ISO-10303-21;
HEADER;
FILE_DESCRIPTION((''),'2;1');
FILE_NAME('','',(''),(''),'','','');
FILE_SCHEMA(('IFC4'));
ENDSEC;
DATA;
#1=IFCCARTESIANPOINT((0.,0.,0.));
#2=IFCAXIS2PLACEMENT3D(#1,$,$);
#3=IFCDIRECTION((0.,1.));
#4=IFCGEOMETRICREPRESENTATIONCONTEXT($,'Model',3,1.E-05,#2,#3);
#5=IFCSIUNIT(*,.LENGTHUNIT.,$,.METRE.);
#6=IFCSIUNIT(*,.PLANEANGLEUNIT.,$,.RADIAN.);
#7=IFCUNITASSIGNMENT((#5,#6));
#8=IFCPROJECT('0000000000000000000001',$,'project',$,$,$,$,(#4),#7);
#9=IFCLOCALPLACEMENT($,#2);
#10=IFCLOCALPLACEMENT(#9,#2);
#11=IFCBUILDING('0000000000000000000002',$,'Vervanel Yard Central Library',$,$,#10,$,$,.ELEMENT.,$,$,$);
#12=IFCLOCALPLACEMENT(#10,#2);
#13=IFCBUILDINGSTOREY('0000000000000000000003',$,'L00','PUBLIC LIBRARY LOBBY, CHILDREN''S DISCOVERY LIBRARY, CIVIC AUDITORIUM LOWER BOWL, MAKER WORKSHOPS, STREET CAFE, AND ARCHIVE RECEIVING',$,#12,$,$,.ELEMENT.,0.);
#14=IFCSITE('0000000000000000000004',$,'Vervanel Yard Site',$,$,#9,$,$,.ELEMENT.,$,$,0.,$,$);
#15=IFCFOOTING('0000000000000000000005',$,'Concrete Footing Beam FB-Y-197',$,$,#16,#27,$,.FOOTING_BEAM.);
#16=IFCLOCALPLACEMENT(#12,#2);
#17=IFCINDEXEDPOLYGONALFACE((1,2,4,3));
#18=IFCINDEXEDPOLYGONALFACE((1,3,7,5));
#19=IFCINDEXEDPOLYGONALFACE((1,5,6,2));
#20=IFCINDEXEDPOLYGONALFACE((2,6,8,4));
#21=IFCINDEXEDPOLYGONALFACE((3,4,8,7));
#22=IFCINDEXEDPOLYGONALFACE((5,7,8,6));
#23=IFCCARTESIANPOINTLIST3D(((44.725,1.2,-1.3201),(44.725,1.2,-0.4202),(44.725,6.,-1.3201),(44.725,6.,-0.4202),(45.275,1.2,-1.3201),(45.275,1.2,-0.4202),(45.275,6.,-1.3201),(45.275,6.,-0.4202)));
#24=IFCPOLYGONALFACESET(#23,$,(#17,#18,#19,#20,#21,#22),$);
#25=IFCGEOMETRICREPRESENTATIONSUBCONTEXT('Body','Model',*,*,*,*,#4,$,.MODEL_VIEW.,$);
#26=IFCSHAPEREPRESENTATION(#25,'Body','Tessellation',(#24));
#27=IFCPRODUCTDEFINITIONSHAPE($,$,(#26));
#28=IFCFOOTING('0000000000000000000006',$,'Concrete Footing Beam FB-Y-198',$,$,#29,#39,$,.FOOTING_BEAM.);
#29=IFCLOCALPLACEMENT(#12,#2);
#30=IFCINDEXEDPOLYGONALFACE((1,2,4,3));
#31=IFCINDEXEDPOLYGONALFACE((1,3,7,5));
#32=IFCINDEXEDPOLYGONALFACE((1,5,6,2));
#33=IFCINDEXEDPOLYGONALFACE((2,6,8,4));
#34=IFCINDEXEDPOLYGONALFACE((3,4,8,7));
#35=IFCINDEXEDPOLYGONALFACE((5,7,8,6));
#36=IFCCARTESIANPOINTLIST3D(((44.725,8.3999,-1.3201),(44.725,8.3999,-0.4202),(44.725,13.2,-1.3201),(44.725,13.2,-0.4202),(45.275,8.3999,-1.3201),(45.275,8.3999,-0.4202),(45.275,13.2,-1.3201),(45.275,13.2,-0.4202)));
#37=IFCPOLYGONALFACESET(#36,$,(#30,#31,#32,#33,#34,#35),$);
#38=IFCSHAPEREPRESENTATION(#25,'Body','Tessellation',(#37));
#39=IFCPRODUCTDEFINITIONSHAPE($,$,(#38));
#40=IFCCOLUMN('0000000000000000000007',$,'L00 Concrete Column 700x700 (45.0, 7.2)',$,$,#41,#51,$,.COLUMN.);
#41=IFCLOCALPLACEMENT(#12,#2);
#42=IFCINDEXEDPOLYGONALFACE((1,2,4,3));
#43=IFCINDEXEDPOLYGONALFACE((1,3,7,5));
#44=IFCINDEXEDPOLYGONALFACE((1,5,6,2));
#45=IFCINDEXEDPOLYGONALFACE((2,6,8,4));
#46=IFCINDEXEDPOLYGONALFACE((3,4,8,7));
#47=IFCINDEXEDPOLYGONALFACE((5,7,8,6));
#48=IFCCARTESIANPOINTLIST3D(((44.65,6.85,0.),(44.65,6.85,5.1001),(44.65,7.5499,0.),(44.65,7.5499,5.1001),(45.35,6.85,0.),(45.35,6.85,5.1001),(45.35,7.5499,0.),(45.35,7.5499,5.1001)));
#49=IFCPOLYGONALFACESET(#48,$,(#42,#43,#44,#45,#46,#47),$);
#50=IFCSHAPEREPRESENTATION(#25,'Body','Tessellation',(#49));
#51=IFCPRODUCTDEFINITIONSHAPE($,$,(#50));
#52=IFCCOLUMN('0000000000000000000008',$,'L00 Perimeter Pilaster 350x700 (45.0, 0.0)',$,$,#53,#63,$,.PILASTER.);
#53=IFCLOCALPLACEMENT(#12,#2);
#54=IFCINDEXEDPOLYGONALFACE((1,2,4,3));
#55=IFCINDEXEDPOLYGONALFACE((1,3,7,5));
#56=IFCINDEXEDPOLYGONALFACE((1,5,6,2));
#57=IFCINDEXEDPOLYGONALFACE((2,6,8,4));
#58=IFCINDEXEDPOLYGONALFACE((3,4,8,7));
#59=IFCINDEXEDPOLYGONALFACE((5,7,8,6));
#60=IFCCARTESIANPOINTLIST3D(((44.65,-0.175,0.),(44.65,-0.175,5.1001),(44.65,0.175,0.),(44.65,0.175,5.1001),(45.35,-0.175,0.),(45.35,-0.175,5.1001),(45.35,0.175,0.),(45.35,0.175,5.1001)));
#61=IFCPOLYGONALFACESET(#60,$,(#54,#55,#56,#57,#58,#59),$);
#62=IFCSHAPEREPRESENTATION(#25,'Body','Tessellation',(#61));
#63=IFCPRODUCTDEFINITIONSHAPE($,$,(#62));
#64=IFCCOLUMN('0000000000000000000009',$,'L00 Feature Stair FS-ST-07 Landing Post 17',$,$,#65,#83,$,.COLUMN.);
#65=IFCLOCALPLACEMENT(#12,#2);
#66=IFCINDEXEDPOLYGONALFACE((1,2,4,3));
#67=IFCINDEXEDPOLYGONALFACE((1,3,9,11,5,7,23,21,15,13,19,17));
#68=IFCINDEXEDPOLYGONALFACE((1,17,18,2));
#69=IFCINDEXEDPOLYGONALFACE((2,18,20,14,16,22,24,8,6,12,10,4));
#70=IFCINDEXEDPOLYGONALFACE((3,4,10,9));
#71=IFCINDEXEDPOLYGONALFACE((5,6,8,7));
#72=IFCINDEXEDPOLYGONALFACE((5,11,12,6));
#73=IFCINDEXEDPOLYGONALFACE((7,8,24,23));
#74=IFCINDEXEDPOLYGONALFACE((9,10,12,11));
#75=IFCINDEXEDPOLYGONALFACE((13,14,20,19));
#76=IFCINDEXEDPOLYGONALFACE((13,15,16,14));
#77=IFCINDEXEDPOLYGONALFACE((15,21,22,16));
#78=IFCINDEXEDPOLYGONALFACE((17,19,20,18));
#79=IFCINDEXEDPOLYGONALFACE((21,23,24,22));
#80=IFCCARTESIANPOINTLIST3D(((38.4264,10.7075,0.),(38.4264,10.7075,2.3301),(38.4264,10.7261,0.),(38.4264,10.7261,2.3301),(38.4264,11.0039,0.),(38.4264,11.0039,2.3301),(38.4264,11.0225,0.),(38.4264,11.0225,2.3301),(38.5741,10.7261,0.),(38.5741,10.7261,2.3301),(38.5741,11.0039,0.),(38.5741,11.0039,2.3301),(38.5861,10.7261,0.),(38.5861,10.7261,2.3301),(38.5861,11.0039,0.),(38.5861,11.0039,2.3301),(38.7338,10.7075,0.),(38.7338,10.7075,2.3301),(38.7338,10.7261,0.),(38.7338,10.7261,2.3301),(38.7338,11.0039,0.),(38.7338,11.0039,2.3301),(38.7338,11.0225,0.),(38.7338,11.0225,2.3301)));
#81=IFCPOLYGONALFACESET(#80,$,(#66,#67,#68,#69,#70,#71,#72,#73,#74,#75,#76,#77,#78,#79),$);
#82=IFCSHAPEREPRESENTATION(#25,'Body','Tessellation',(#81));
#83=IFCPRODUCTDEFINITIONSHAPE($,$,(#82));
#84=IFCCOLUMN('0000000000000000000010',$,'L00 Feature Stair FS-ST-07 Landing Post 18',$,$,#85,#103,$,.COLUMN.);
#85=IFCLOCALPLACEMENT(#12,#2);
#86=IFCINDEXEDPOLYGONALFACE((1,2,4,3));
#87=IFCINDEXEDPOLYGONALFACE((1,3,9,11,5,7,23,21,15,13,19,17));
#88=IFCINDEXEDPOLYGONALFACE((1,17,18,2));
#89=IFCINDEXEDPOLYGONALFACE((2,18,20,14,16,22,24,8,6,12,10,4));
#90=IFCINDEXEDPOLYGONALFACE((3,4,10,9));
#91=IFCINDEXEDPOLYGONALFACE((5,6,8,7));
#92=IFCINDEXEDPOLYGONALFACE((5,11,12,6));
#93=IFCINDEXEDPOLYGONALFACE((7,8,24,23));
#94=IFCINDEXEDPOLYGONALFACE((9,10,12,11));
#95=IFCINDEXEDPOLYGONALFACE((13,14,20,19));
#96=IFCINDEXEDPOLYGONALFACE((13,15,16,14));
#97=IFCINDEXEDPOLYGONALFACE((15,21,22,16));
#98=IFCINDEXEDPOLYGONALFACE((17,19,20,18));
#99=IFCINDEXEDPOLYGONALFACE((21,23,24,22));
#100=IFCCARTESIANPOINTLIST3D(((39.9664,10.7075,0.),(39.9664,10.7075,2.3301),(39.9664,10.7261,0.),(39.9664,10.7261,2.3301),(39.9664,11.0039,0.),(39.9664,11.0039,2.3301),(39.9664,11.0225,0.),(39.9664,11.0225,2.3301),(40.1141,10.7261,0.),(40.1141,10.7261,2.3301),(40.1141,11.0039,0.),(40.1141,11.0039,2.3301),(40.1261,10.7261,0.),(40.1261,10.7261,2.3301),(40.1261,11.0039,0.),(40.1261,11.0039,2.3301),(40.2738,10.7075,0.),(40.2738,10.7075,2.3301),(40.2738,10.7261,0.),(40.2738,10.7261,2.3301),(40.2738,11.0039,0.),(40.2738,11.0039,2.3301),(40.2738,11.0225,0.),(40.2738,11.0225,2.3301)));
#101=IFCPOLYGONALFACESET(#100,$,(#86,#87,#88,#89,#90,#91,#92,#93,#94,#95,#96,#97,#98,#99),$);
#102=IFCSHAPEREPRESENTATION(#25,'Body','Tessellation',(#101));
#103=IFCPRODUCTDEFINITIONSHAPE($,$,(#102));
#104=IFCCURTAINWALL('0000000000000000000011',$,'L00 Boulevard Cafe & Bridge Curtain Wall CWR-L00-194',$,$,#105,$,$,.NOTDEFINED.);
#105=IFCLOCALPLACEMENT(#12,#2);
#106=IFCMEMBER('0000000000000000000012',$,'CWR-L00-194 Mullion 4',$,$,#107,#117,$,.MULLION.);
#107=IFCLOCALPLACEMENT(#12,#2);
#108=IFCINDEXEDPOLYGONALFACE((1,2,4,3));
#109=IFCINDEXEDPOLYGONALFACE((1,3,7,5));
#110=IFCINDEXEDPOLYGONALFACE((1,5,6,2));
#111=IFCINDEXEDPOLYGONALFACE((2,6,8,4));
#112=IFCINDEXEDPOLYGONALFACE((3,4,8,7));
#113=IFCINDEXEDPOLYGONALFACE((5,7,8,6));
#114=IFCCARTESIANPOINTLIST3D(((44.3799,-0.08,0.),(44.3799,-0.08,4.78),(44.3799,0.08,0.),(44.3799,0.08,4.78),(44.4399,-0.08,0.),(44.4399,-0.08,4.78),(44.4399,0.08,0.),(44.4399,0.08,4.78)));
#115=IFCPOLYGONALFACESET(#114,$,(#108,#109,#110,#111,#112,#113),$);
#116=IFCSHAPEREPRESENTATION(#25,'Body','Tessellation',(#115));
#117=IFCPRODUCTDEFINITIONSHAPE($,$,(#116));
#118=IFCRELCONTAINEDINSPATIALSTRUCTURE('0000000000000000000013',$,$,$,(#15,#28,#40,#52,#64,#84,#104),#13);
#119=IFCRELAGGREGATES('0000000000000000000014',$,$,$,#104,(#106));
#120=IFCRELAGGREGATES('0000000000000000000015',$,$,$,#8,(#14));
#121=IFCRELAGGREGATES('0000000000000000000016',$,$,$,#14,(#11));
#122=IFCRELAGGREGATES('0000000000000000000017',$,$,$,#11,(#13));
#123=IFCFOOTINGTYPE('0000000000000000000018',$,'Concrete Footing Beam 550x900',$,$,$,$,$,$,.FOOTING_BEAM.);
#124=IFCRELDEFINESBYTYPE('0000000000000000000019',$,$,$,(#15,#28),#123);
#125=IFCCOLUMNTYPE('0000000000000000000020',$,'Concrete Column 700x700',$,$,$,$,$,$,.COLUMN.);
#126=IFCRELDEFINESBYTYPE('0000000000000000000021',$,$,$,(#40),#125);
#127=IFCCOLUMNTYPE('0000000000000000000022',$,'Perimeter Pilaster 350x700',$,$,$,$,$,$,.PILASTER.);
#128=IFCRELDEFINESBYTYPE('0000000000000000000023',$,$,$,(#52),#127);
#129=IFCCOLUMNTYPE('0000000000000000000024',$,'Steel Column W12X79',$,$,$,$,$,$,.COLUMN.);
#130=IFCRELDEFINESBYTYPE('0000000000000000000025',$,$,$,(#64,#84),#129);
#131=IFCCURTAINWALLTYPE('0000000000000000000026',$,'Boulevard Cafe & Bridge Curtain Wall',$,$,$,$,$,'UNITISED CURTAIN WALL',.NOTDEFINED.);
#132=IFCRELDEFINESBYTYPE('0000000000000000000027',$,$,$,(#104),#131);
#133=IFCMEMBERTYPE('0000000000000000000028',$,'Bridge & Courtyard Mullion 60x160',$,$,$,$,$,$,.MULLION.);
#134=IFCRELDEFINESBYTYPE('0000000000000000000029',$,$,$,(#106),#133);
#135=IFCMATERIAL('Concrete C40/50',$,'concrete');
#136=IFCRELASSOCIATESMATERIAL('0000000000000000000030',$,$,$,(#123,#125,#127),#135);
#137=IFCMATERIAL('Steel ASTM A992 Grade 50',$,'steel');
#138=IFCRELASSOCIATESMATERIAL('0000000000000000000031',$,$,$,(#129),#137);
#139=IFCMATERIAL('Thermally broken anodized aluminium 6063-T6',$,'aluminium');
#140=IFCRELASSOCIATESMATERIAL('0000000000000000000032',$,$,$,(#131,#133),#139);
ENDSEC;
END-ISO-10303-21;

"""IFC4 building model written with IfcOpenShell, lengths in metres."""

from ifc_helpers import new_model, si_unit, direction, frame, origin, origin_2d, place, context, subcontext, project, spatial, rectangle, i_section, extrude, material, material_profile, profile_set, type_object, element, aggregate, save


model = new_model("IFC4")

# Units and contexts
model_context = context("Model", 3, precision=1e-05, world=origin(), true_north=direction((0.0, 1.0)))
body_context = subcontext(model_context, "Body", "Model", "MODEL_VIEW")
ifc_project = project(units=[si_unit("LENGTHUNIT", "METRE"), si_unit("PLANEANGLEUNIT", "RADIAN")], contexts=[model_context])

# Site, building, storey
site_placement = place(None, origin())
site = spatial("IfcSite", under=ifc_project, at=site_placement, Name="Vervanel Yard Site", CompositionType="ELEMENT", RefElevation=0.0)
building_placement = place(site_placement, origin())
building = spatial("IfcBuilding", under=site, at=building_placement, Name="Vervanel Yard Central Library", CompositionType="ELEMENT")
storey_placement = place(building_placement, origin())
storey = spatial("IfcBuildingStorey", under=building, at=storey_placement, Name="L00", Description="PUBLIC LIBRARY LOBBY, CHILDREN'S DISCOVERY LIBRARY, CIVIC AUDITORIUM LOWER BOWL, MAKER WORKSHOPS, STREET CAFE, AND ARCHIVE RECEIVING", CompositionType="ELEMENT", Elevation=0.0)

# Shared definitions
ifc_material_1 = material(Name="Concrete C40/50", Category="concrete")

# Footings
ifc_material_profile_1 = material_profile(ifc_material_1, rectangle(XDim=0.55, YDim=0.8999, at=origin_2d()), Name="RC 550x900", Category="concrete")
ifc_profile_set_1 = profile_set([ifc_material_profile_1], Name="Concrete C40/50")
footing_type_1 = type_object("IfcFootingType", Name="Concrete Footing Beam 550x900", PredefinedType="FOOTING_BEAM", material=ifc_profile_set_1)
for number, where, z_axis, x_axis, name in (
    (1, (45.0, 1.2, -0.8701), (0.0, 1.0, 0.0), (-1.0, 0.0, 0.0), "Concrete Footing Beam FB-Y-197"),
    (2, (45.0, 8.3999, -0.8701), (0.0, 1.0, 0.0), (-1.0, 0.0, 0.0), "Concrete Footing Beam FB-Y-198"),
):
    element("IfcFooting", number, at=place(storey_placement, frame(where, z_axis=z_axis, x_axis=x_axis)), inside=storey, type_object=footing_type_1, Name=name, PredefinedType="FOOTING_BEAM", context=body_context, shape_type="SweptSolid", body=[
        extrude(rectangle(XDim=0.55, YDim=0.8999, at=origin_2d()), origin(), (0.0, 0.0, 1.0), 4.8),
    ])

# Columns
ifc_material_profile_2 = material_profile(ifc_material_1, rectangle(XDim=0.7, YDim=0.7, at=origin_2d()), Name="RC 700x700", Category="concrete")
ifc_profile_set_2 = profile_set([ifc_material_profile_2], Name="Concrete C40/50")
column_type_1 = type_object("IfcColumnType", Name="Concrete Column 700x700", PredefinedType="COLUMN", material=ifc_profile_set_2)
column_1_placement = place(storey_placement, frame((45.0, 7.2, 0.0), z_axis=(0.0, 0.0, 1.0), x_axis=(1.0, 0.0, 0.0)))
element("IfcColumn", 3, at=column_1_placement, inside=storey, type_object=column_type_1, Name="L00 Concrete Column 700x700 (45.0, 7.2)", PredefinedType="COLUMN", context=body_context, shape_type="SweptSolid", body=[
    extrude(rectangle(XDim=0.7, YDim=0.7, at=origin_2d()), origin(), (0.0, 0.0, 1.0), 5.1001),
])
ifc_material_profile_3 = material_profile(ifc_material_1, rectangle(XDim=0.3501, YDim=0.7, at=origin_2d()), Name="RC 350x700", Category="concrete")
ifc_profile_set_3 = profile_set([ifc_material_profile_3], Name="Concrete C40/50")
column_type_2 = type_object("IfcColumnType", Name="Perimeter Pilaster 350x700", PredefinedType="PILASTER", material=ifc_profile_set_3)
column_2_placement = place(storey_placement, frame((45.0, 0.0, 0.0), z_axis=(0.0, 0.0, 1.0), x_axis=(0.0, 1.0, 0.0)))
element("IfcColumn", 4, at=column_2_placement, inside=storey, type_object=column_type_2, Name="L00 Perimeter Pilaster 350x700 (45.0, 0.0)", PredefinedType="PILASTER", context=body_context, shape_type="SweptSolid", body=[
    extrude(rectangle(XDim=0.3501, YDim=0.7, at=origin_2d()), origin(), (0.0, 0.0, 1.0), 5.1001),
])
ifc_material_2 = material(Name="Steel ASTM A992 Grade 50", Category="steel")
ifc_material_profile_4 = material_profile(ifc_material_2, i_section(OverallWidth=0.3074, OverallDepth=0.3149, WebThickness=0.012, FlangeThickness=0.0186, at=origin_2d()), Name="W12X79", Category="steel")
ifc_profile_set_4 = profile_set([ifc_material_profile_4], Name="Steel ASTM A992 Grade 50")
column_type_3 = type_object("IfcColumnType", Name="Steel Column W12X79", PredefinedType="COLUMN", material=ifc_profile_set_4)
for number, where, z_axis, x_axis, name in (
    (5, (38.5801, 10.865, 0.0), (0.0, 0.0, 1.0), (1.0, 0.0, 0.0), "L00 Feature Stair FS-ST-07 Landing Post 17"),
    (6, (40.1201, 10.865, 0.0), (0.0, 0.0, 1.0), (1.0, 0.0, 0.0), "L00 Feature Stair FS-ST-07 Landing Post 18"),
):
    element("IfcColumn", number, at=place(storey_placement, frame(where, z_axis=z_axis, x_axis=x_axis)), inside=storey, type_object=column_type_3, Name=name, PredefinedType="COLUMN", context=body_context, shape_type="SweptSolid", body=[
        extrude(i_section(OverallWidth=0.3074, OverallDepth=0.3149, WebThickness=0.012, FlangeThickness=0.0186, at=origin_2d()), origin(), (0.0, 0.0, 1.0), 2.3301),
    ])

# Curtain wall, member
ifc_material_3 = material(Name="Thermally broken anodized aluminium 6063-T6", Category="aluminium")
curtain_wall_type = type_object("IfcCurtainWallType", Name="Boulevard Cafe & Bridge Curtain Wall", ElementType="UNITISED CURTAIN WALL", PredefinedType="NOTDEFINED", material=ifc_material_3)
curtain_wall_placement = place(storey_placement, origin())
curtain_wall = element("IfcCurtainWall", 7, at=curtain_wall_placement, inside=storey, type_object=curtain_wall_type, Name="L00 Boulevard Cafe & Bridge Curtain Wall CWR-L00-194", PredefinedType="NOTDEFINED")
ifc_material_profile_5 = material_profile(ifc_material_3, rectangle(XDim=0.0601, YDim=0.1599, at=origin_2d()), Name="ALU 60x160", Category="aluminium")
ifc_profile_set_5 = profile_set([ifc_material_profile_5], Name="Thermally broken anodized aluminium 6063-T6")
member_type = type_object("IfcMemberType", Name="Bridge & Courtyard Mullion 60x160", PredefinedType="MULLION", material=ifc_profile_set_5)
member_placement = place(storey_placement, frame((44.4099, 0.0, 0.0), z_axis=(0.0, 0.0, 1.0), x_axis=(1.0, 0.0, 0.0)))
member = element("IfcMember", 8, at=member_placement, type_object=member_type, Name="CWR-L00-194 Mullion 4", PredefinedType="MULLION", context=body_context, shape_type="SweptSolid", body=[
    extrude(rectangle(XDim=0.0601, YDim=0.1599, at=origin_2d()), origin(), (0.0, 0.0, 1.0), 4.78),
])
aggregate(curtain_wall, [member])

save(model, "model.ifc")
